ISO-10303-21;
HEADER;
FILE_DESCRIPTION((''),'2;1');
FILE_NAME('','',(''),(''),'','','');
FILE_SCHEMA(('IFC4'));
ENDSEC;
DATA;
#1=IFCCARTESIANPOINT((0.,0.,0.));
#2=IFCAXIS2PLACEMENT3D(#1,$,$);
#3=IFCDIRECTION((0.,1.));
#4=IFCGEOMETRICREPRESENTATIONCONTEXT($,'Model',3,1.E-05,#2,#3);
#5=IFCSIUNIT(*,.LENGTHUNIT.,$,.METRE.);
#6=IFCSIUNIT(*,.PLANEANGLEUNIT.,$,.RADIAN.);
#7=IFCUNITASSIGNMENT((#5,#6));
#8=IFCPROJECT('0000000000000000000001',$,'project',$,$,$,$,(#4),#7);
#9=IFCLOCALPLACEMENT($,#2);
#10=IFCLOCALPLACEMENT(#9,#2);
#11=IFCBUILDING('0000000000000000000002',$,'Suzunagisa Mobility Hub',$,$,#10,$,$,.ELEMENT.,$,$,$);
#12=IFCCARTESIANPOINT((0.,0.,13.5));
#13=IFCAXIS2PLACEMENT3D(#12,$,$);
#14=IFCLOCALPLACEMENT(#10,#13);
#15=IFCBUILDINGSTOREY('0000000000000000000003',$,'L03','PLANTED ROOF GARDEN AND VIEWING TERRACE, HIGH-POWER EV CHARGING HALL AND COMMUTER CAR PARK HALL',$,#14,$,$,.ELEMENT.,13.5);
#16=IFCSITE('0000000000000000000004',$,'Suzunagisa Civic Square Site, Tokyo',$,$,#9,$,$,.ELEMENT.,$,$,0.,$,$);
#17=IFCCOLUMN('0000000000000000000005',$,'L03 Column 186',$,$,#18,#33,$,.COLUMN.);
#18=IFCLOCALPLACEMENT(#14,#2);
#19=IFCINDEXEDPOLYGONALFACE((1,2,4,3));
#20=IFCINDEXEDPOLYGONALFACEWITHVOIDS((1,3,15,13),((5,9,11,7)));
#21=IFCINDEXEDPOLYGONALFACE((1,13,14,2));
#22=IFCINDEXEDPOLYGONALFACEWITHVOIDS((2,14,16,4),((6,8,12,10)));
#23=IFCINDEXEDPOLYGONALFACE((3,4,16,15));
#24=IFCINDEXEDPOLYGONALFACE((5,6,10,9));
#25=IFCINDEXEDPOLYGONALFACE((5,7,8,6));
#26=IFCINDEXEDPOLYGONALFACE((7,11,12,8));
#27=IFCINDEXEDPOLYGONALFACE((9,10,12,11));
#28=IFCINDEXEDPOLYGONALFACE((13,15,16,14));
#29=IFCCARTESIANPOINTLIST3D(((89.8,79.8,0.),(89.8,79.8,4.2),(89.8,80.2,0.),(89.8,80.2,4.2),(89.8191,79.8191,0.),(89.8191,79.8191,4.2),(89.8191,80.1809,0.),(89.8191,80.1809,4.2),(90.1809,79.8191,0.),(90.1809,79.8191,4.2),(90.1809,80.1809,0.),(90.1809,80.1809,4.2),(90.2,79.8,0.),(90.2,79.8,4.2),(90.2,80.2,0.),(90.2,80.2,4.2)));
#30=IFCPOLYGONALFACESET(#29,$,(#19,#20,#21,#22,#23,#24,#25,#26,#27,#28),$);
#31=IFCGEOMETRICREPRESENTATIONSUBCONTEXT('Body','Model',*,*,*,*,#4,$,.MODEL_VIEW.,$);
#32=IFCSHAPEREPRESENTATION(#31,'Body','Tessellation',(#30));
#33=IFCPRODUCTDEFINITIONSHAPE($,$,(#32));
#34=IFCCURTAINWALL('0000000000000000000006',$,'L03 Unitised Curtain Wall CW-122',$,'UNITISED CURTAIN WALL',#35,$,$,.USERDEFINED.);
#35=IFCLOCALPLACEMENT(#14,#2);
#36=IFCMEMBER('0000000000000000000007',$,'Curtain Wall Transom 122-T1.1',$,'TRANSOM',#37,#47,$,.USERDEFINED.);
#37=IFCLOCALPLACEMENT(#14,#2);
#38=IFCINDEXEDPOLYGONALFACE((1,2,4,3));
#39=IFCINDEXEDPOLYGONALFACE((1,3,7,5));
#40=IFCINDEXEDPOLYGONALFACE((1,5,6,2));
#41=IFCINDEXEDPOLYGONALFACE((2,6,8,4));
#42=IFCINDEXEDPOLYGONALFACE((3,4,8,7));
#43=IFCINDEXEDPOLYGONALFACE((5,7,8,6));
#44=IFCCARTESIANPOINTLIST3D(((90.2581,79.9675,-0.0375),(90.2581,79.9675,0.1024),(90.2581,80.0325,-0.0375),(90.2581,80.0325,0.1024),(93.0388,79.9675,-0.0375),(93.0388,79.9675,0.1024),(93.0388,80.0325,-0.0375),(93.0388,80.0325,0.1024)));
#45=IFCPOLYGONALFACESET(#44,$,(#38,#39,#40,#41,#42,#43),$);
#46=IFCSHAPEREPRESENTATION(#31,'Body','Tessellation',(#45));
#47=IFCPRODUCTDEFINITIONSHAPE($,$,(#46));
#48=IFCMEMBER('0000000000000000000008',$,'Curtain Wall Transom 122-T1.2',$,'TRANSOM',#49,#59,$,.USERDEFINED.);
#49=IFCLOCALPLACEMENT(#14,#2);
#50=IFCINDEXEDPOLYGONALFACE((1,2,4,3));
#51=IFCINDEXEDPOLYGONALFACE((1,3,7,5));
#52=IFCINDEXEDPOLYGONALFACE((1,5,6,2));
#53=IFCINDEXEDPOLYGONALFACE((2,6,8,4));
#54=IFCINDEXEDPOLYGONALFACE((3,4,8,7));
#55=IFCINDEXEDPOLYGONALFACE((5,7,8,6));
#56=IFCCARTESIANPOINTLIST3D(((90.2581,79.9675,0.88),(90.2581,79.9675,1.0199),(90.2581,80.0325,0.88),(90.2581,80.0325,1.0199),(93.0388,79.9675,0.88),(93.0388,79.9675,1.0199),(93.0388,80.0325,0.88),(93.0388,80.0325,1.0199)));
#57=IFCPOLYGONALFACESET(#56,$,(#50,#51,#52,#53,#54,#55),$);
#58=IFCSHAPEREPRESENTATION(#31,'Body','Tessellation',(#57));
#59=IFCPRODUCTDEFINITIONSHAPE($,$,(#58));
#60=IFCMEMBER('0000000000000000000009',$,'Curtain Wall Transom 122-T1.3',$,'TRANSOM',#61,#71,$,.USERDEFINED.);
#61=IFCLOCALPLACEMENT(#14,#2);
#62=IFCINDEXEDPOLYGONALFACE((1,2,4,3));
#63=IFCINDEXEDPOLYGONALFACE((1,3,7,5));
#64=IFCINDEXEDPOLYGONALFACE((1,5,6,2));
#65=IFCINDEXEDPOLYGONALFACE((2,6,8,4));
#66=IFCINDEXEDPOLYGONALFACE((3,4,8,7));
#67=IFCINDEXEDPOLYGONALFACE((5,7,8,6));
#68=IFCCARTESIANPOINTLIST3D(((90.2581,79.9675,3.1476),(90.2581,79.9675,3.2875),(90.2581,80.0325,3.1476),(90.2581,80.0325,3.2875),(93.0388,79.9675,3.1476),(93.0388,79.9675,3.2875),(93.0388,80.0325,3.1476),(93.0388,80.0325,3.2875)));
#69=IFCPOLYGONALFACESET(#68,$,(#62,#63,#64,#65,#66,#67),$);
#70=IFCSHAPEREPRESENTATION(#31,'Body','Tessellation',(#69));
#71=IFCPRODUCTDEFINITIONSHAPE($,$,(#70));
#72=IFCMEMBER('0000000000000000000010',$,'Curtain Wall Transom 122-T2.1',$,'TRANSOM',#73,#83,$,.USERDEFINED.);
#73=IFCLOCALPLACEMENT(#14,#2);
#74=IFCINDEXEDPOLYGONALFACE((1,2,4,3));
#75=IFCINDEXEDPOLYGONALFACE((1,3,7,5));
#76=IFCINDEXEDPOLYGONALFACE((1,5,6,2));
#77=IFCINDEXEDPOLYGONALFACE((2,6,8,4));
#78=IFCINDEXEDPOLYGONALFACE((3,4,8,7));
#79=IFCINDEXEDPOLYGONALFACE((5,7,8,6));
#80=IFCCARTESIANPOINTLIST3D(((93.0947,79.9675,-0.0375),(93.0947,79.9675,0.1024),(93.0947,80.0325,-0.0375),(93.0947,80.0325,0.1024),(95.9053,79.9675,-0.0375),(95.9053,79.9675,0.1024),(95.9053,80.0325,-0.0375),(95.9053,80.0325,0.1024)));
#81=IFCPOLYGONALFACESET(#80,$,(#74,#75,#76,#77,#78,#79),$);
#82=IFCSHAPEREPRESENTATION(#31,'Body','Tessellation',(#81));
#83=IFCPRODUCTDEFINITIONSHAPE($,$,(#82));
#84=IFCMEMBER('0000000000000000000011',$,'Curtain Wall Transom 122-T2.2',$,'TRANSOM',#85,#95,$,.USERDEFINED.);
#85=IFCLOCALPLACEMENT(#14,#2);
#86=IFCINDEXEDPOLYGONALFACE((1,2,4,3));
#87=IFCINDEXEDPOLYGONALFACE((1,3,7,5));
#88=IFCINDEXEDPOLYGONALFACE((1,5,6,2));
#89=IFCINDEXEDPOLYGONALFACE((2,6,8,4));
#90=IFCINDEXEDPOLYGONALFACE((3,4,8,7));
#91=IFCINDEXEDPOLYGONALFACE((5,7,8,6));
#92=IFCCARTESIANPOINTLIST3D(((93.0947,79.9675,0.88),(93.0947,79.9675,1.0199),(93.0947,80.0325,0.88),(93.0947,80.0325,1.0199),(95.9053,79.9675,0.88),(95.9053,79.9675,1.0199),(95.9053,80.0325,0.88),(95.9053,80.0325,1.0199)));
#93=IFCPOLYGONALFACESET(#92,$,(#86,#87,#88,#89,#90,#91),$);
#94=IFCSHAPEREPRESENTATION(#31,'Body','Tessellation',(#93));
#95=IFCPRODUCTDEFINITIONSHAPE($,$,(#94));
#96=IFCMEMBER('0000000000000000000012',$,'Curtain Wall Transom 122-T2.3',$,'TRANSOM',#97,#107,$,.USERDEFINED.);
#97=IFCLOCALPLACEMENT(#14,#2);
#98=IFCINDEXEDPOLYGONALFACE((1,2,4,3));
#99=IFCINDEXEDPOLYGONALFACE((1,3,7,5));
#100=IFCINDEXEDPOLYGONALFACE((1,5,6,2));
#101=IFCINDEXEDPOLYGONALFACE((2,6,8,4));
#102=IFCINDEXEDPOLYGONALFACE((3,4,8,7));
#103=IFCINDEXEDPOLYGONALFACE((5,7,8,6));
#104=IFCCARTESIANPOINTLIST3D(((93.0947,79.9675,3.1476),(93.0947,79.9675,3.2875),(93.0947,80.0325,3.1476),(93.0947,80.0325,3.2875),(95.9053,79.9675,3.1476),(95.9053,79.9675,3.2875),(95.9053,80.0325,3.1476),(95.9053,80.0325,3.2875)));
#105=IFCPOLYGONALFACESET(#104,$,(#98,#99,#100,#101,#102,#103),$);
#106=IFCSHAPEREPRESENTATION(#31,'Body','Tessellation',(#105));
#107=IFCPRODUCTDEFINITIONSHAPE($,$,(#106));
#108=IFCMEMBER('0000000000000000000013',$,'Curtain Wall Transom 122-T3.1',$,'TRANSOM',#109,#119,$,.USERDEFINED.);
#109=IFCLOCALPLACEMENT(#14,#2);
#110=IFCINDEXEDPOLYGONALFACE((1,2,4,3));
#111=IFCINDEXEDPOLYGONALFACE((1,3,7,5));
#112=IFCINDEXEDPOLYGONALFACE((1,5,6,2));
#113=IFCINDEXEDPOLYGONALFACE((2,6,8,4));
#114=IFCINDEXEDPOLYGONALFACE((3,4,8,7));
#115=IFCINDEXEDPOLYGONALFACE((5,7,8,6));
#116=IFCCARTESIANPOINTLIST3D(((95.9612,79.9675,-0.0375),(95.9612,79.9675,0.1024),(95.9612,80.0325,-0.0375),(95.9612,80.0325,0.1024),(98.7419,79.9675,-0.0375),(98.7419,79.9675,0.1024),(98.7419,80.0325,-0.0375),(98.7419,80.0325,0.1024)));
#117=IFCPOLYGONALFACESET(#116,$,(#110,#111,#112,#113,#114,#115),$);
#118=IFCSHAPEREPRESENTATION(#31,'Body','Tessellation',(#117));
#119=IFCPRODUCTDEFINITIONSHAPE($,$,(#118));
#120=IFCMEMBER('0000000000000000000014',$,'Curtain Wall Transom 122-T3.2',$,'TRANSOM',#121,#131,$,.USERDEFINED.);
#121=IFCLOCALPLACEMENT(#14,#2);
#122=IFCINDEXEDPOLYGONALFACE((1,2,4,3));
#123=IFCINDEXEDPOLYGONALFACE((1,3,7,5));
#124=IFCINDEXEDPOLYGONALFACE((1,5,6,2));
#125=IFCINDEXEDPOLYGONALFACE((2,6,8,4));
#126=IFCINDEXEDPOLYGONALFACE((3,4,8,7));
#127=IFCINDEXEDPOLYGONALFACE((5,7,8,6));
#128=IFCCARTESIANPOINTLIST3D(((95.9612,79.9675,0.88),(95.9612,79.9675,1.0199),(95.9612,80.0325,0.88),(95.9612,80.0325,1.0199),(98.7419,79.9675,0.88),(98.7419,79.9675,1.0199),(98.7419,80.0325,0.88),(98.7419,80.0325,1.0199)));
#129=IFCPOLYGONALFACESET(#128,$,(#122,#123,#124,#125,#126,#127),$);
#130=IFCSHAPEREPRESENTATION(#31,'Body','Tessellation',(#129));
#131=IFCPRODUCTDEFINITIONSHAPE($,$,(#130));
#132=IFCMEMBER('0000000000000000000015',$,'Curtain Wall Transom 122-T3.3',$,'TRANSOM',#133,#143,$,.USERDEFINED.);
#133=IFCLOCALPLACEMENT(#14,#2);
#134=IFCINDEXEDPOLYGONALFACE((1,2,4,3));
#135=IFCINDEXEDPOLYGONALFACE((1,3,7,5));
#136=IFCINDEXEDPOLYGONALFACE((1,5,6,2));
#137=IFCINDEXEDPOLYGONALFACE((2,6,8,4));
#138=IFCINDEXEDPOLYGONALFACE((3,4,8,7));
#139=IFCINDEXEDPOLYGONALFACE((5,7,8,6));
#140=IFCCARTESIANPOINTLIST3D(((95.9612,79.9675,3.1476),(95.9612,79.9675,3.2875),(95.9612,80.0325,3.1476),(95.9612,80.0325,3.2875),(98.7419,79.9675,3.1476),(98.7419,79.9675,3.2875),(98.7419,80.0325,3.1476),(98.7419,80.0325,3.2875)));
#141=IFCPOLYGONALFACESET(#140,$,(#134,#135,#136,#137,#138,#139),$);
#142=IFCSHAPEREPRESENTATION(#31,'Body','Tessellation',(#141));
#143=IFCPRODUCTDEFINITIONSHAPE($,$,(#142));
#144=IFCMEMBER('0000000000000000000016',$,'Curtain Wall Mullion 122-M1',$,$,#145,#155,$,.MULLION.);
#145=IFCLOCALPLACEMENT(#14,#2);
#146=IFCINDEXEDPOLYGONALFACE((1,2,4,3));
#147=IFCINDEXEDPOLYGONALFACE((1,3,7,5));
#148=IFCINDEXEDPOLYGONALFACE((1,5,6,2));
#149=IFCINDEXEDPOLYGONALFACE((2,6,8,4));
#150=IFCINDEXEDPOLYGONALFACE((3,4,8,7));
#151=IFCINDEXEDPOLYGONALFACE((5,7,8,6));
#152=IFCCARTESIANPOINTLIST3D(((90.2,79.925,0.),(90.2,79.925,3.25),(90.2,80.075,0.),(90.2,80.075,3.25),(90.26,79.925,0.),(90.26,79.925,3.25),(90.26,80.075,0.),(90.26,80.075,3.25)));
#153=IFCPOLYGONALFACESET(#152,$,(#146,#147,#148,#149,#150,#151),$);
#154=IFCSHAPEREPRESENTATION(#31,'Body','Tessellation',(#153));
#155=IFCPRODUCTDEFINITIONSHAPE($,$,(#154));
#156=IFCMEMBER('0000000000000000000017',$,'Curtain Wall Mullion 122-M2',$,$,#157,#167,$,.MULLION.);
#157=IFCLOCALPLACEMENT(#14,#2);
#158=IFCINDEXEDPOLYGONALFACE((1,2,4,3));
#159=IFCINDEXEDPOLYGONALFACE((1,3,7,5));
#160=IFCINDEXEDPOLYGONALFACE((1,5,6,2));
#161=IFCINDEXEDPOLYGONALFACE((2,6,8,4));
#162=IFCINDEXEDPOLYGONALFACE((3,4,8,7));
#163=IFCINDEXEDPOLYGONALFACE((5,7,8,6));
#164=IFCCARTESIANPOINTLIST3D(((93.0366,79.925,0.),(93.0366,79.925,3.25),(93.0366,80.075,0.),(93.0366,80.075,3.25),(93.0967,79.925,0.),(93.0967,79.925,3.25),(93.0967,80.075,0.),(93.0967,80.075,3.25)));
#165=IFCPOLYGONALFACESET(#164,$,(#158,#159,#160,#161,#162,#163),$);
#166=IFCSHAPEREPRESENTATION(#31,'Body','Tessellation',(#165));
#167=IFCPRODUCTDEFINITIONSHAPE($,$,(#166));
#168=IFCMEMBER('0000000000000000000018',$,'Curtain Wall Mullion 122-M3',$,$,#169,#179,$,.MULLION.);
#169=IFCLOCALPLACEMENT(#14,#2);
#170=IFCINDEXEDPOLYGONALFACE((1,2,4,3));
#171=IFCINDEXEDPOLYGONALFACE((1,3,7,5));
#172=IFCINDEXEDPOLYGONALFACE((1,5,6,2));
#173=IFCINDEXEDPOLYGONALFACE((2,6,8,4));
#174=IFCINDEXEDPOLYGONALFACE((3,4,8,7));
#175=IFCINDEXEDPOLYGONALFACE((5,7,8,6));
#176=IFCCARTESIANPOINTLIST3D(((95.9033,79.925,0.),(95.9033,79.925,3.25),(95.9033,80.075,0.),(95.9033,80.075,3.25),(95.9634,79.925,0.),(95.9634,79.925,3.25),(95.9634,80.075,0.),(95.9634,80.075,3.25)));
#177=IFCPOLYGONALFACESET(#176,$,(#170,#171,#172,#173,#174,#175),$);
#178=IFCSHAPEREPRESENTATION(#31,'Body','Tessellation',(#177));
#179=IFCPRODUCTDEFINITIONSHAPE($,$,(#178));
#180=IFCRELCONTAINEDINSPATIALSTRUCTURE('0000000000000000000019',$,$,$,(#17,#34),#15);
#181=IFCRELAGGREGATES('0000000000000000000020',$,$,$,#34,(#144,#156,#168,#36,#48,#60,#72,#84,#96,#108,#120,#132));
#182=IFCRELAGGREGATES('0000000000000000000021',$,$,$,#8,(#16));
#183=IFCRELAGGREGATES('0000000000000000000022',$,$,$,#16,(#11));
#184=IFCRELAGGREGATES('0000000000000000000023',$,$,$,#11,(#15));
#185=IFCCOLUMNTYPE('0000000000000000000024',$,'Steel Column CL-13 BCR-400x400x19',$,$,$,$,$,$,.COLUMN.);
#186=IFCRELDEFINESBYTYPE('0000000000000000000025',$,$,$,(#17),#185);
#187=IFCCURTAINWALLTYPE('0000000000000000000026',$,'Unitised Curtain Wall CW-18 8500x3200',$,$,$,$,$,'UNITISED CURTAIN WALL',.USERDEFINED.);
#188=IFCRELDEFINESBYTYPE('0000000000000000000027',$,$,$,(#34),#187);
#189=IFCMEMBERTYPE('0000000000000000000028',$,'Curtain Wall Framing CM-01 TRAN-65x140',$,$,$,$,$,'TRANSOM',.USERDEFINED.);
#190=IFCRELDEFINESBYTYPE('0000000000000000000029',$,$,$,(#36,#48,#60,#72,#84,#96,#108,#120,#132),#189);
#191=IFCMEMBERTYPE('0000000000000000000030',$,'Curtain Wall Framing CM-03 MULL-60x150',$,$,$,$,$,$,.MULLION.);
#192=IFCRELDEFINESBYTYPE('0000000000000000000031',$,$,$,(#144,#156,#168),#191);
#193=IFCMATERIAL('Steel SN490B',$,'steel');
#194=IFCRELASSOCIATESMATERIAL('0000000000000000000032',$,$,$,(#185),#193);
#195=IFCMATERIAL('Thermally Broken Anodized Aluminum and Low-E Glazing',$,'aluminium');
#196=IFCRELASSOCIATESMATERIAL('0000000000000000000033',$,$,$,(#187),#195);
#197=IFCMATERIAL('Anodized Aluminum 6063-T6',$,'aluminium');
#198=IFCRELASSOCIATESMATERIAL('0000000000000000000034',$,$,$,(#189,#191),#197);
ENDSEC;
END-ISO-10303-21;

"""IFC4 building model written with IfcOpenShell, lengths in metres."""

from ifc_helpers import new_model, si_unit, direction, frame, origin, origin_2d, place, context, subcontext, project, spatial, rectangle, hollow_rectangle, extrude, material, material_profile, profile_set, type_object, element, aggregate, save


model = new_model("IFC4")

# Units and contexts
model_context = context("Model", 3, precision=1e-05, world=origin(), true_north=direction((0.0, 1.0)))
body_context = subcontext(model_context, "Body", "Model", "MODEL_VIEW")
ifc_project = project(units=[si_unit("LENGTHUNIT", "METRE"), si_unit("PLANEANGLEUNIT", "RADIAN")], contexts=[model_context])

# Site, building, storey
site_placement = place(None, origin())
site = spatial("IfcSite", under=ifc_project, at=site_placement, Name="Suzunagisa Civic Square Site, Tokyo", CompositionType="ELEMENT", RefElevation=0.0)
building_placement = place(site_placement, origin())
building = spatial("IfcBuilding", under=site, at=building_placement, Name="Suzunagisa Mobility Hub", CompositionType="ELEMENT")
storey_placement = place(building_placement, frame((0.0, 0.0, 13.5)))
storey = spatial("IfcBuildingStorey", under=building, at=storey_placement, Name="L03", Description="PLANTED ROOF GARDEN AND VIEWING TERRACE, HIGH-POWER EV CHARGING HALL AND COMMUTER CAR PARK HALL", CompositionType="ELEMENT", Elevation=13.5)

# Column
ifc_material_1 = material(Name="Steel SN490B", Category="steel")
ifc_material_profile_1 = material_profile(ifc_material_1, hollow_rectangle(XDim=0.3999, YDim=0.3999, WallThickness=0.019, at=origin_2d()), Name="BCR-400x400x19")
ifc_profile_set_1 = profile_set([ifc_material_profile_1], Name="Steel SN490B")
column_type = type_object("IfcColumnType", Name="Steel Column CL-13 BCR-400x400x19", PredefinedType="COLUMN", material=ifc_profile_set_1)
column_placement = place(storey_placement, frame((90.0, 80.0, 0.0), z_axis=(0.0, 0.0, 1.0), x_axis=(1.0, 0.0, 0.0)))
element("IfcColumn", 1, at=column_placement, inside=storey, type_object=column_type, Name="L03 Column 186", PredefinedType="COLUMN", context=body_context, shape_type="SweptSolid", body=[
    extrude(hollow_rectangle(XDim=0.3999, YDim=0.3999, WallThickness=0.019, at=origin_2d()), origin(), (0.0, 0.0, 1.0), 4.2),
])

# Curtain wall, members
ifc_material_2 = material(Name="Thermally Broken Anodized Aluminum and Low-E Glazing", Category="aluminium")
curtain_wall_type = type_object("IfcCurtainWallType", Name="Unitised Curtain Wall CW-18 8500x3200", ElementType="UNITISED CURTAIN WALL", PredefinedType="USERDEFINED", material=ifc_material_2)
curtain_wall_placement = place(storey_placement, origin())
curtain_wall = element("IfcCurtainWall", 2, at=curtain_wall_placement, inside=storey, type_object=curtain_wall_type, Name="L03 Unitised Curtain Wall CW-122", ObjectType="UNITISED CURTAIN WALL", PredefinedType="USERDEFINED")
ifc_material_3 = material(Name="Anodized Aluminum 6063-T6", Category="aluminium")
ifc_material_profile_2 = material_profile(ifc_material_3, rectangle(XDim=0.0649, YDim=0.1399, at=origin_2d()), Name="TRAN-65x140")
ifc_profile_set_2 = profile_set([ifc_material_profile_2], Name="Anodized Aluminum 6063-T6")
member_type_1 = type_object("IfcMemberType", Name="Curtain Wall Framing CM-01 TRAN-65x140", ElementType="TRANSOM", PredefinedType="USERDEFINED", material=ifc_profile_set_2)
member_1_placement = place(storey_placement, frame((90.2581, 80.0, 0.0325), z_axis=(1.0, 0.0, 0.0), x_axis=(0.0, 1.0, 0.0)))
member_1 = element("IfcMember", 3, at=member_1_placement, type_object=member_type_1, Name="Curtain Wall Transom 122-T1.1", ObjectType="TRANSOM", PredefinedType="USERDEFINED", context=body_context, shape_type="SweptSolid", body=[
    extrude(rectangle(XDim=0.0649, YDim=0.1399, at=origin_2d()), origin(), (0.0, 0.0, 1.0), 2.7808),
])
member_2_placement = place(storey_placement, frame((90.2581, 80.0, 0.95), z_axis=(1.0, 0.0, 0.0), x_axis=(0.0, 1.0, 0.0)))
member_2 = element("IfcMember", 4, at=member_2_placement, type_object=member_type_1, Name="Curtain Wall Transom 122-T1.2", ObjectType="TRANSOM", PredefinedType="USERDEFINED", context=body_context, shape_type="SweptSolid", body=[
    extrude(rectangle(XDim=0.0649, YDim=0.1399, at=origin_2d()), origin(), (0.0, 0.0, 1.0), 2.7808),
])
member_3_placement = place(storey_placement, frame((90.2581, 80.0, 3.2175), z_axis=(1.0, 0.0, 0.0), x_axis=(0.0, 1.0, 0.0)))
member_3 = element("IfcMember", 5, at=member_3_placement, type_object=member_type_1, Name="Curtain Wall Transom 122-T1.3", ObjectType="TRANSOM", PredefinedType="USERDEFINED", context=body_context, shape_type="SweptSolid", body=[
    extrude(rectangle(XDim=0.0649, YDim=0.1399, at=origin_2d()), origin(), (0.0, 0.0, 1.0), 2.7808),
])
member_4_placement = place(storey_placement, frame((93.0947, 80.0, 0.0325), z_axis=(1.0, 0.0, 0.0), x_axis=(0.0, 1.0, 0.0)))
member_4 = element("IfcMember", 6, at=member_4_placement, type_object=member_type_1, Name="Curtain Wall Transom 122-T2.1", ObjectType="TRANSOM", PredefinedType="USERDEFINED", context=body_context, shape_type="SweptSolid", body=[
    extrude(rectangle(XDim=0.0649, YDim=0.1399, at=origin_2d()), origin(), (0.0, 0.0, 1.0), 2.8105),
])
member_5_placement = place(storey_placement, frame((93.0947, 80.0, 0.95), z_axis=(1.0, 0.0, 0.0), x_axis=(0.0, 1.0, 0.0)))
member_5 = element("IfcMember", 7, at=member_5_placement, type_object=member_type_1, Name="Curtain Wall Transom 122-T2.2", ObjectType="TRANSOM", PredefinedType="USERDEFINED", context=body_context, shape_type="SweptSolid", body=[
    extrude(rectangle(XDim=0.0649, YDim=0.1399, at=origin_2d()), origin(), (0.0, 0.0, 1.0), 2.8105),
])
member_6_placement = place(storey_placement, frame((93.0947, 80.0, 3.2175), z_axis=(1.0, 0.0, 0.0), x_axis=(0.0, 1.0, 0.0)))
member_6 = element("IfcMember", 8, at=member_6_placement, type_object=member_type_1, Name="Curtain Wall Transom 122-T2.3", ObjectType="TRANSOM", PredefinedType="USERDEFINED", context=body_context, shape_type="SweptSolid", body=[
    extrude(rectangle(XDim=0.0649, YDim=0.1399, at=origin_2d()), origin(), (0.0, 0.0, 1.0), 2.8105),
])
member_7_placement = place(storey_placement, frame((95.9612, 80.0, 0.0325), z_axis=(1.0, 0.0, 0.0), x_axis=(0.0, 1.0, 0.0)))
member_7 = element("IfcMember", 9, at=member_7_placement, type_object=member_type_1, Name="Curtain Wall Transom 122-T3.1", ObjectType="TRANSOM", PredefinedType="USERDEFINED", context=body_context, shape_type="SweptSolid", body=[
    extrude(rectangle(XDim=0.0649, YDim=0.1399, at=origin_2d()), origin(), (0.0, 0.0, 1.0), 2.7808),
])
member_8_placement = place(storey_placement, frame((95.9612, 80.0, 0.95), z_axis=(1.0, 0.0, 0.0), x_axis=(0.0, 1.0, 0.0)))
member_8 = element("IfcMember", 10, at=member_8_placement, type_object=member_type_1, Name="Curtain Wall Transom 122-T3.2", ObjectType="TRANSOM", PredefinedType="USERDEFINED", context=body_context, shape_type="SweptSolid", body=[
    extrude(rectangle(XDim=0.0649, YDim=0.1399, at=origin_2d()), origin(), (0.0, 0.0, 1.0), 2.7808),
])
member_9_placement = place(storey_placement, frame((95.9612, 80.0, 3.2175), z_axis=(1.0, 0.0, 0.0), x_axis=(0.0, 1.0, 0.0)))
member_9 = element("IfcMember", 11, at=member_9_placement, type_object=member_type_1, Name="Curtain Wall Transom 122-T3.3", ObjectType="TRANSOM", PredefinedType="USERDEFINED", context=body_context, shape_type="SweptSolid", body=[
    extrude(rectangle(XDim=0.0649, YDim=0.1399, at=origin_2d()), origin(), (0.0, 0.0, 1.0), 2.7808),
])
ifc_material_profile_3 = material_profile(ifc_material_3, rectangle(XDim=0.0601, YDim=0.1499, at=origin_2d()), Name="MULL-60x150")
ifc_profile_set_3 = profile_set([ifc_material_profile_3], Name="Anodized Aluminum 6063-T6")
member_type_2 = type_object("IfcMemberType", Name="Curtain Wall Framing CM-03 MULL-60x150", PredefinedType="MULLION", material=ifc_profile_set_3)
member_10_placement = place(storey_placement, frame((90.23, 80.0, 0.0), z_axis=(0.0, 0.0, 1.0), x_axis=(1.0, 0.0, 0.0)))
member_10 = element("IfcMember", 12, at=member_10_placement, type_object=member_type_2, Name="Curtain Wall Mullion 122-M1", PredefinedType="MULLION", context=body_context, shape_type="SweptSolid", body=[
    extrude(rectangle(XDim=0.0601, YDim=0.1499, at=origin_2d()), origin(), (0.0, 0.0, 1.0), 3.25),
])
member_11_placement = place(storey_placement, frame((93.0667, 80.0, 0.0), z_axis=(0.0, 0.0, 1.0), x_axis=(1.0, 0.0, 0.0)))
member_11 = element("IfcMember", 13, at=member_11_placement, type_object=member_type_2, Name="Curtain Wall Mullion 122-M2", PredefinedType="MULLION", context=body_context, shape_type="SweptSolid", body=[
    extrude(rectangle(XDim=0.0601, YDim=0.1499, at=origin_2d()), origin(), (0.0, 0.0, 1.0), 3.25),
])
member_12_placement = place(storey_placement, frame((95.9333, 80.0, 0.0), z_axis=(0.0, 0.0, 1.0), x_axis=(1.0, 0.0, 0.0)))
member_12 = element("IfcMember", 14, at=member_12_placement, type_object=member_type_2, Name="Curtain Wall Mullion 122-M3", PredefinedType="MULLION", context=body_context, shape_type="SweptSolid", body=[
    extrude(rectangle(XDim=0.0601, YDim=0.1499, at=origin_2d()), origin(), (0.0, 0.0, 1.0), 3.25),
])

aggregate(curtain_wall, [member_10, member_11, member_12, member_1, member_2, member_3, member_4, member_5, member_6, member_7, member_8, member_9])

save(model, "model.ifc")
